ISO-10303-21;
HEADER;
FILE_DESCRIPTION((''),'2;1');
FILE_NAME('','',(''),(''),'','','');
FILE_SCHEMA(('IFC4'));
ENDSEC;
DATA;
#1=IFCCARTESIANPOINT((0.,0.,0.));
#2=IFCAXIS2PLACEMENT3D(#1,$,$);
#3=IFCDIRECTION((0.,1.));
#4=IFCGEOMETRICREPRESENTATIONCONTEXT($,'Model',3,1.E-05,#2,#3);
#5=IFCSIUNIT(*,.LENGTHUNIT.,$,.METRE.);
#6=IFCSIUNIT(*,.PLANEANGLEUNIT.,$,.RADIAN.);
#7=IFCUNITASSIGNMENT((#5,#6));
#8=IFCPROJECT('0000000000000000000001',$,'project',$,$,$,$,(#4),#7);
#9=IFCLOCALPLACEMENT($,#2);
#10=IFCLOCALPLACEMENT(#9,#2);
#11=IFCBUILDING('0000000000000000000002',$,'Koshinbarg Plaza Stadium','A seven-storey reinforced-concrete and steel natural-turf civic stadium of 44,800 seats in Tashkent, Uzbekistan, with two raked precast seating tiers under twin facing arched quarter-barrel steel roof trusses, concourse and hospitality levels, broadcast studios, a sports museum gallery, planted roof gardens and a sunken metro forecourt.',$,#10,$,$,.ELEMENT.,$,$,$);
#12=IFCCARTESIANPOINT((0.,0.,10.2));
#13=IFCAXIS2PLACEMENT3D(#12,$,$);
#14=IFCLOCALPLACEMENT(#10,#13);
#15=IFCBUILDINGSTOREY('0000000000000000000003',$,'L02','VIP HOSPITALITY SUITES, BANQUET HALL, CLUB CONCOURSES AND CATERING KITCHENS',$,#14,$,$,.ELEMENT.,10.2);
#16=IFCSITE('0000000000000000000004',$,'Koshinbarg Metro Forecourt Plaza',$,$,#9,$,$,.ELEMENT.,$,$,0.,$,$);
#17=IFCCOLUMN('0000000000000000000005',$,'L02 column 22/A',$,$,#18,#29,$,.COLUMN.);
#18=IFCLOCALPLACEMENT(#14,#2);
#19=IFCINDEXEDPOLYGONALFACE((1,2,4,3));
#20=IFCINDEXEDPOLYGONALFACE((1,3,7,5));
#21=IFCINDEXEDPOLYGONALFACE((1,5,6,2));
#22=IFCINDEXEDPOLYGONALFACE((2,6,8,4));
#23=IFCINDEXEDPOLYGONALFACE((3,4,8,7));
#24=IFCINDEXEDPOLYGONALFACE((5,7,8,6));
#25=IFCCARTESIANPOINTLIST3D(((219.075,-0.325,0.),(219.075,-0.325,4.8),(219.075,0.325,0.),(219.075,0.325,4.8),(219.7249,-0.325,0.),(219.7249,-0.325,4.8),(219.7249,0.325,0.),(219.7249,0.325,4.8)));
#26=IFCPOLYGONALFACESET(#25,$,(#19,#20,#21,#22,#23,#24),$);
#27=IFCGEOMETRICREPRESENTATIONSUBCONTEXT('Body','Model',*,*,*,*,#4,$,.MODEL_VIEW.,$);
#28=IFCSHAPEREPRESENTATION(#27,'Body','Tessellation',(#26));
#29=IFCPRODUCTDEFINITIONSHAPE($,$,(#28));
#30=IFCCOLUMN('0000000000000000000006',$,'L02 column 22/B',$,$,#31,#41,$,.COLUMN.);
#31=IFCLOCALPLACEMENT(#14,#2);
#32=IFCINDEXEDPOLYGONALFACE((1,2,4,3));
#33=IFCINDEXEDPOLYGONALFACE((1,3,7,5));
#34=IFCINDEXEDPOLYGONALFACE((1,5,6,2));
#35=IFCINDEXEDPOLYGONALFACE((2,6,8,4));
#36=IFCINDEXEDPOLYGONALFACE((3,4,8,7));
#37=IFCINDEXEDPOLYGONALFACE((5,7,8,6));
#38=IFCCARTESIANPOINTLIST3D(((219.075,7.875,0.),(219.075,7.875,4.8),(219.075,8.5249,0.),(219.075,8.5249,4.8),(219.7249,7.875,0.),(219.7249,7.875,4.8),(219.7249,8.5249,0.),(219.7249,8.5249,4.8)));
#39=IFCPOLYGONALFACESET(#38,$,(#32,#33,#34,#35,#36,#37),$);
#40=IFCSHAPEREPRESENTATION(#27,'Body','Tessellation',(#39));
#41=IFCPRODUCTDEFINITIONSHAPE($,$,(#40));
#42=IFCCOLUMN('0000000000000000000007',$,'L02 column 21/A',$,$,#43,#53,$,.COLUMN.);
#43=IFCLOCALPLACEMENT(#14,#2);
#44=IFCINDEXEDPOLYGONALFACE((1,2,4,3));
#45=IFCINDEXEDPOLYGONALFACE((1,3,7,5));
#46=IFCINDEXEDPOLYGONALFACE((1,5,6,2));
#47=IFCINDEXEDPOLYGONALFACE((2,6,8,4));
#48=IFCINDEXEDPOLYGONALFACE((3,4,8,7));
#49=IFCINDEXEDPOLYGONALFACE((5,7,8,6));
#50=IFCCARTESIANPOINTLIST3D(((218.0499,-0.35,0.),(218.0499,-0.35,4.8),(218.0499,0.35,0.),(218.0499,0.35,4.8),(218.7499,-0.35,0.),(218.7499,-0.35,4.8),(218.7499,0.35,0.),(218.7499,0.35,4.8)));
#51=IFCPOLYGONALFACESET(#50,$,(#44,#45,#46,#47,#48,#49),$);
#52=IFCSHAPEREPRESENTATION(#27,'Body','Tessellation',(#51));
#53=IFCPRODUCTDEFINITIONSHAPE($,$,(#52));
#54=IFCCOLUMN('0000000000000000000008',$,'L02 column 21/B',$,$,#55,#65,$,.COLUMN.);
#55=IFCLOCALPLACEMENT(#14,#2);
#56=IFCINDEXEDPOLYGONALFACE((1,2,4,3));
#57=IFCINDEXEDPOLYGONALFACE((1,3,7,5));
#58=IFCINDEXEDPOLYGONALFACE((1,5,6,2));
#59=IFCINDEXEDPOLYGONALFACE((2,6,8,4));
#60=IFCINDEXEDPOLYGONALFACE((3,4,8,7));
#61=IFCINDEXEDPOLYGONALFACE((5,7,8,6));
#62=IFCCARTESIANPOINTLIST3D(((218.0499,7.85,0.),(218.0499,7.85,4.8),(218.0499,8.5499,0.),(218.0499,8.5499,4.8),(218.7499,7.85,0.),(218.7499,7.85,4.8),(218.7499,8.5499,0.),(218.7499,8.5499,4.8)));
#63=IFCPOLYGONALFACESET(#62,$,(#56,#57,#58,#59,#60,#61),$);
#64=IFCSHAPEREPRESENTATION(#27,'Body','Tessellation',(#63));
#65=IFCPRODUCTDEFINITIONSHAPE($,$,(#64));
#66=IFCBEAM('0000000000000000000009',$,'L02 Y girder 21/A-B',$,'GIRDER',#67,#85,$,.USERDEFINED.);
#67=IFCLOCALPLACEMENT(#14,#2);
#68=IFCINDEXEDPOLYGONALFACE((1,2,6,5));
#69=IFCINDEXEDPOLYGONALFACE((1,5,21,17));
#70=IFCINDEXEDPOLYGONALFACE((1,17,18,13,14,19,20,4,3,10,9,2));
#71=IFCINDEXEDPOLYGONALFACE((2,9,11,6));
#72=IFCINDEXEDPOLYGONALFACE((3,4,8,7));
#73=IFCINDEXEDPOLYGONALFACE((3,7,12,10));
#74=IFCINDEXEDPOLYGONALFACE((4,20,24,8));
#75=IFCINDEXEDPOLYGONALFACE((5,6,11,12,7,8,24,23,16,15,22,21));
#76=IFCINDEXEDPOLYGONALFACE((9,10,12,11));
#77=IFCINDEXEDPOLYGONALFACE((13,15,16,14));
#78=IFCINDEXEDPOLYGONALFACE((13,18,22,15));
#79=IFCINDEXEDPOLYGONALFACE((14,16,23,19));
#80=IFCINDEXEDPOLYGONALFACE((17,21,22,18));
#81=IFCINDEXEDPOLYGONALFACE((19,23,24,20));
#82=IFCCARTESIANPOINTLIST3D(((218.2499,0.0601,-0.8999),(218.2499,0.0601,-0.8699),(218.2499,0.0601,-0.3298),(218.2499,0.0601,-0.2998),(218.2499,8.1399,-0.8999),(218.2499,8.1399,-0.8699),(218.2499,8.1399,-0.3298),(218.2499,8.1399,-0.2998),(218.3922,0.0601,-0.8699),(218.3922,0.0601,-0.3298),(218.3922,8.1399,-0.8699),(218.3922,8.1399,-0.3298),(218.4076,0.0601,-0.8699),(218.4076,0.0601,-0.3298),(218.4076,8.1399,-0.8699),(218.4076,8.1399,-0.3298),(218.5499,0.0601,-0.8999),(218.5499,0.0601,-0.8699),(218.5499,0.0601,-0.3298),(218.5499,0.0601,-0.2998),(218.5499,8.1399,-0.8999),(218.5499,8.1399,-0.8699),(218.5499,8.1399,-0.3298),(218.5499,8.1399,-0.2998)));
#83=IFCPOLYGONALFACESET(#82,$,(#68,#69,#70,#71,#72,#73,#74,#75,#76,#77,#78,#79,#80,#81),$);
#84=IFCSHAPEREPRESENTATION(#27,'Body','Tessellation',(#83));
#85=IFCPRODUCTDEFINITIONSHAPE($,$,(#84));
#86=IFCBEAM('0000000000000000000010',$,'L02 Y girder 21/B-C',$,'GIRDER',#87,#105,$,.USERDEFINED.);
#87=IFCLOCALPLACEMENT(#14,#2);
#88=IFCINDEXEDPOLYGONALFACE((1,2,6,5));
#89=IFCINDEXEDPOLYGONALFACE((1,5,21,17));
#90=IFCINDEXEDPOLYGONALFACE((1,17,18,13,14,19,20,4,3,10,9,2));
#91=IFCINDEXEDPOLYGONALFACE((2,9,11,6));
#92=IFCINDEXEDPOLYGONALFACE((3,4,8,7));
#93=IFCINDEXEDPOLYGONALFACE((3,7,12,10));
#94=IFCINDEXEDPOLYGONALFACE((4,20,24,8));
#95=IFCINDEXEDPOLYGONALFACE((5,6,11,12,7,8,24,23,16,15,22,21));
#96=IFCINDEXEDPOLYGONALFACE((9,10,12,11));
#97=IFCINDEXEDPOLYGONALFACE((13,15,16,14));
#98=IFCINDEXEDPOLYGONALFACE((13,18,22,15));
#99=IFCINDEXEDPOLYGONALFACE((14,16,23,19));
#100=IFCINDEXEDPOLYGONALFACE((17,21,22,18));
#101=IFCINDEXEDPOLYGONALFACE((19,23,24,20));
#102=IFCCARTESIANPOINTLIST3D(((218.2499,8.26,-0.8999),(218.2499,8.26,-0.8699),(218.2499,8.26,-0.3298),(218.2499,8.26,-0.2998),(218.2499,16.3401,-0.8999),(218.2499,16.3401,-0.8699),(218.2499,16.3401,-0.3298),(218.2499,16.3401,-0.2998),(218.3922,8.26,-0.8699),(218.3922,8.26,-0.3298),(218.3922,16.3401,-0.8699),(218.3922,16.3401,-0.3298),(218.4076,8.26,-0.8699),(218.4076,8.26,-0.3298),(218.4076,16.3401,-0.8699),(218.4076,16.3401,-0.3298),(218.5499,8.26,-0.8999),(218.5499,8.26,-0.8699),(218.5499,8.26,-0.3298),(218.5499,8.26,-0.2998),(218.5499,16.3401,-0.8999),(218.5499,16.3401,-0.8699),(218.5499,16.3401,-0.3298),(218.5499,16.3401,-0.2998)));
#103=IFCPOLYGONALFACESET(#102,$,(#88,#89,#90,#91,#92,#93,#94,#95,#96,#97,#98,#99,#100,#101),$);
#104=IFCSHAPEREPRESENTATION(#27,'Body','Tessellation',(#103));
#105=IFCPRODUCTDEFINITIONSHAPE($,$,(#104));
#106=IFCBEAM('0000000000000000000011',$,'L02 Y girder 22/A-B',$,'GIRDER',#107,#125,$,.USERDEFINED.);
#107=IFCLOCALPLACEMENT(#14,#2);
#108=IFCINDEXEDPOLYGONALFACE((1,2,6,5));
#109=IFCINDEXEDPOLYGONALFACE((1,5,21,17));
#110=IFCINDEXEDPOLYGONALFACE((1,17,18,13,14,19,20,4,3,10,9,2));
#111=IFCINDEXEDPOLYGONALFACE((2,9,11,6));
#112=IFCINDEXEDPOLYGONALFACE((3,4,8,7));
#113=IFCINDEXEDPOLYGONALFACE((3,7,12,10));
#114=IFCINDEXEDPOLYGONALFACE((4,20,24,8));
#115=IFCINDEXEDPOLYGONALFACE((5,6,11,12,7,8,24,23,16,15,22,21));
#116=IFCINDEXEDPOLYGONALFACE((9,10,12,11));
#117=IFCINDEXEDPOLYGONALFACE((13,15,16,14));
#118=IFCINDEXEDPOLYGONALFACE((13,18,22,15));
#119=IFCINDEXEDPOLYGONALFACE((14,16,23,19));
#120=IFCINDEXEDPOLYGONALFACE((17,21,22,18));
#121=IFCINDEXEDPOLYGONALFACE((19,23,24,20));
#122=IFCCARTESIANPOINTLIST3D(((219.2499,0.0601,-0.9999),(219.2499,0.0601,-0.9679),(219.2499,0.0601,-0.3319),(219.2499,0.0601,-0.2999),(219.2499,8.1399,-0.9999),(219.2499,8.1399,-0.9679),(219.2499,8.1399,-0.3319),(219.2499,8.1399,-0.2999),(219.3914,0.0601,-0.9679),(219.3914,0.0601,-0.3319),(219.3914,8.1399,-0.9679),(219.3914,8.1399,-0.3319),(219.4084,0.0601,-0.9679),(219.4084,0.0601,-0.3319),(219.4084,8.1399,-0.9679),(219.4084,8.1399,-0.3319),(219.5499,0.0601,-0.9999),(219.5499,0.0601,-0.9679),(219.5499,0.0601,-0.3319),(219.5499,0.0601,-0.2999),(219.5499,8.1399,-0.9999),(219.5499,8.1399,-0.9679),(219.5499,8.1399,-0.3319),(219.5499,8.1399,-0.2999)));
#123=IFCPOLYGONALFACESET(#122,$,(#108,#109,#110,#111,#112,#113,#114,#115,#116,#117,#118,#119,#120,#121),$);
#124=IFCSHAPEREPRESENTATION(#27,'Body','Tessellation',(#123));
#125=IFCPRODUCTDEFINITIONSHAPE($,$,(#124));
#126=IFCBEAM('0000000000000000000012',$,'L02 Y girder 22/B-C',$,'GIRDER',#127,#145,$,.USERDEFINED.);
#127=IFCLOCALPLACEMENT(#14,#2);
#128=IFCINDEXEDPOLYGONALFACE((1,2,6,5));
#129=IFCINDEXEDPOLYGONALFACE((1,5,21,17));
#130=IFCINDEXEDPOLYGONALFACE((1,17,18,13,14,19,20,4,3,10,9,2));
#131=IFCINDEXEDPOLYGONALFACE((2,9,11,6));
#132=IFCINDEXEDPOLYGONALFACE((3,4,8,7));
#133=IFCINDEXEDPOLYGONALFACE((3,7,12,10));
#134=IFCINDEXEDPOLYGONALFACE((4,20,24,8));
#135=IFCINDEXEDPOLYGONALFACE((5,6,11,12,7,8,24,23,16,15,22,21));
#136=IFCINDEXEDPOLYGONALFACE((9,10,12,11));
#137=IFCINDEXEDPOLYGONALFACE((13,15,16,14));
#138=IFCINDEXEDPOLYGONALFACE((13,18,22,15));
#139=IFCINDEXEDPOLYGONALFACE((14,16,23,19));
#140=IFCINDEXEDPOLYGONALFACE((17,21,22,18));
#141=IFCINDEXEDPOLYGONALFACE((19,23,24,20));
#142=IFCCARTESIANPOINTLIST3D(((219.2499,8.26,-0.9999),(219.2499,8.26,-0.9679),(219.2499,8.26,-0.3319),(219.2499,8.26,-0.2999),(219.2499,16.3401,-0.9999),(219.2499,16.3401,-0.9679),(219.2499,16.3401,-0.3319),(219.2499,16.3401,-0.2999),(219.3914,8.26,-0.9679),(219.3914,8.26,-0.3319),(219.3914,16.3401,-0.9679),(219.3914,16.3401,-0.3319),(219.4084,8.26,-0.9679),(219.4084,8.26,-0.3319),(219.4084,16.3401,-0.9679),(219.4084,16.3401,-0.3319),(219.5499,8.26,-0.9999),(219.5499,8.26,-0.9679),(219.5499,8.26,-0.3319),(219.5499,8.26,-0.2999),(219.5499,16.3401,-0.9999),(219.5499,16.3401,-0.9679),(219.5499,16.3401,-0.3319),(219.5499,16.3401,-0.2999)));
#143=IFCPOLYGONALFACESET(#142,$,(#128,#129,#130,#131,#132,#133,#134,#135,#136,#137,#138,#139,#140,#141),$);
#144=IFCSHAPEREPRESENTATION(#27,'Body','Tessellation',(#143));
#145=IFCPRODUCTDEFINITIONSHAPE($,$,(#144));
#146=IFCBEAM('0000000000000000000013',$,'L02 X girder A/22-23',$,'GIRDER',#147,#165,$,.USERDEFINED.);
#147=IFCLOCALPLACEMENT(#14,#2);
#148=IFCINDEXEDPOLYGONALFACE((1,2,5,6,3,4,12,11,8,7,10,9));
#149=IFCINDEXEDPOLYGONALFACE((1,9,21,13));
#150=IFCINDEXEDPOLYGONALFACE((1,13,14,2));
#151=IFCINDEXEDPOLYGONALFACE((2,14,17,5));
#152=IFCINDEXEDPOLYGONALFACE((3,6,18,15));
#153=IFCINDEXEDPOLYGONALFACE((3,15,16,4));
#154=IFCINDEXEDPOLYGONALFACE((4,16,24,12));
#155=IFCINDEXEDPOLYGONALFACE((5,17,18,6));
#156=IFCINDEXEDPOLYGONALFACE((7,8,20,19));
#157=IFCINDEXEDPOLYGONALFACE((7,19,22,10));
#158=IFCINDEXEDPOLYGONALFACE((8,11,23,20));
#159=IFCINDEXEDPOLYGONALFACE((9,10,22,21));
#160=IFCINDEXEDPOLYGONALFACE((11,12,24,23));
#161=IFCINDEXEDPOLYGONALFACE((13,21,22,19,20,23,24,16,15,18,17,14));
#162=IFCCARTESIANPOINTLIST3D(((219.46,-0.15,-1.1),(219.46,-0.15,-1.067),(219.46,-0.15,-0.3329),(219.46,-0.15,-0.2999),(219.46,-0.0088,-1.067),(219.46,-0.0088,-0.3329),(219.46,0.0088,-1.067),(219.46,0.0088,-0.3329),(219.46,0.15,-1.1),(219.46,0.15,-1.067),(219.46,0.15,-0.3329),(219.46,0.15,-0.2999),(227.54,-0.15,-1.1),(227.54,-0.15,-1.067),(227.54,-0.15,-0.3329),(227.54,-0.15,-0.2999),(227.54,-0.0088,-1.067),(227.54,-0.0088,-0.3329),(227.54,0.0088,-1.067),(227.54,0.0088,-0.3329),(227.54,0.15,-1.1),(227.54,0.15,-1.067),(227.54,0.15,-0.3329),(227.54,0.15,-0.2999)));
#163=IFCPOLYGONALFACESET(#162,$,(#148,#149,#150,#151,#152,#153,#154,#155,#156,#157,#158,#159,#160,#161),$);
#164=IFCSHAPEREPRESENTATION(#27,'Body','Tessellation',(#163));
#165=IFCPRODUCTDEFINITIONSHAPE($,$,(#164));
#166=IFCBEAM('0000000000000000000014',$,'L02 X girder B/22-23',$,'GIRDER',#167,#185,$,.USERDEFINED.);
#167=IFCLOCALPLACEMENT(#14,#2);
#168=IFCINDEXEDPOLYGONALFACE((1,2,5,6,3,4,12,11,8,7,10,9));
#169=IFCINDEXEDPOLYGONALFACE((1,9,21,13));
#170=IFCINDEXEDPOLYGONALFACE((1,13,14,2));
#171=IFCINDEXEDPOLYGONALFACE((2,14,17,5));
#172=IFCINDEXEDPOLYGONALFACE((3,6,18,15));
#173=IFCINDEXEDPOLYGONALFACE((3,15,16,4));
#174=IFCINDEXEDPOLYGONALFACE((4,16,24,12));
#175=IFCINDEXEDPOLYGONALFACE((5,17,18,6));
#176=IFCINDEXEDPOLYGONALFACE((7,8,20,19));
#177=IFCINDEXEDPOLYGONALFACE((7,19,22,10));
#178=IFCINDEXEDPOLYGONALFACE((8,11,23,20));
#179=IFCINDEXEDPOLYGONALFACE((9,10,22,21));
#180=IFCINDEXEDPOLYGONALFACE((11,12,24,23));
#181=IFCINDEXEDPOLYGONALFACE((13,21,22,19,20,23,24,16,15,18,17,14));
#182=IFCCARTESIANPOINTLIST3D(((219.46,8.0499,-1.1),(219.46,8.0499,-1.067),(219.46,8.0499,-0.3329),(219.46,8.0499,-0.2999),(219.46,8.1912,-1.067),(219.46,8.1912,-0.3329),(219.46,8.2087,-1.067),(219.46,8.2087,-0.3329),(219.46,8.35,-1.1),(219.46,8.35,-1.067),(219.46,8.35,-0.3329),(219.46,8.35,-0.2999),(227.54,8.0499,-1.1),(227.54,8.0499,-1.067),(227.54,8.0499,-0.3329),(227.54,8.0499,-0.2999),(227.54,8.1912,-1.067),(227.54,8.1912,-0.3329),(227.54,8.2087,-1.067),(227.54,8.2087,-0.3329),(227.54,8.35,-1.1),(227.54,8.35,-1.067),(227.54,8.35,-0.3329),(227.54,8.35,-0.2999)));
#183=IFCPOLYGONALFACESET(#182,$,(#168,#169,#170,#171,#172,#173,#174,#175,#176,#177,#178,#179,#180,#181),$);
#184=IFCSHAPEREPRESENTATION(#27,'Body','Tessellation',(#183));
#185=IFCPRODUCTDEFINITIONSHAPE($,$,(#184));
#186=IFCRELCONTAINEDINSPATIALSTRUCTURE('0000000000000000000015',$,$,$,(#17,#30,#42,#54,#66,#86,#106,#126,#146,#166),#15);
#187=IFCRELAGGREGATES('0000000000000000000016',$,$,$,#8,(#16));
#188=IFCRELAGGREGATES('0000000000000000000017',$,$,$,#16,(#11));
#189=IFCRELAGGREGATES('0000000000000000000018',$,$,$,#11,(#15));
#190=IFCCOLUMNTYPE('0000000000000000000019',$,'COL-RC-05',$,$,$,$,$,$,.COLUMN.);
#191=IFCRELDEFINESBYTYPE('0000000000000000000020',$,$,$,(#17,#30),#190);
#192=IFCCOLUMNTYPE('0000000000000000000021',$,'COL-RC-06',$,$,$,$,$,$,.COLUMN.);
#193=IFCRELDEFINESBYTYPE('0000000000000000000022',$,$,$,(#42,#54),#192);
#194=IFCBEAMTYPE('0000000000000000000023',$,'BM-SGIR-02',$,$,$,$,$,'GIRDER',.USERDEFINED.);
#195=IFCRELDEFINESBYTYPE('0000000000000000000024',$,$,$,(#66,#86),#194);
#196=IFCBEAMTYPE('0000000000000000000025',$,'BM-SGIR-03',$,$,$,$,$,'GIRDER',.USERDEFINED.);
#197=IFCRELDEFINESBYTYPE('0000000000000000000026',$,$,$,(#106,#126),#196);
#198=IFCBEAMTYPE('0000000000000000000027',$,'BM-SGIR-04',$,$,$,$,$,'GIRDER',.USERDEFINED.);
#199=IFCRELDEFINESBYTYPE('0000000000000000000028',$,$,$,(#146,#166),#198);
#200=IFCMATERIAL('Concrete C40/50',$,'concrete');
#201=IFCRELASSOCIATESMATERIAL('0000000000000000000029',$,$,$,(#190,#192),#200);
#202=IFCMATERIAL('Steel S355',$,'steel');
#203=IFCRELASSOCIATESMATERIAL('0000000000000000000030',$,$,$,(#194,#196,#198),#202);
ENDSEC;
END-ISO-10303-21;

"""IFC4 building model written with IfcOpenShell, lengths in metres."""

from ifc_helpers import new_model, si_unit, direction, frame, origin, origin_2d, place, context, subcontext, project, spatial, rectangle, i_section, extrude, material, material_profile, profile_set, type_object, element, save


model = new_model("IFC4")

# Units and contexts
model_context = context("Model", 3, precision=1e-05, world=origin(), true_north=direction((0.0, 1.0)))
body_context = subcontext(model_context, "Body", "Model", "MODEL_VIEW")
ifc_project = project(units=[si_unit("LENGTHUNIT", "METRE"), si_unit("PLANEANGLEUNIT", "RADIAN")], contexts=[model_context])

# Site, building, storey
site_placement = place(None, origin())
site = spatial("IfcSite", under=ifc_project, at=site_placement, Name="Koshinbarg Metro Forecourt Plaza", CompositionType="ELEMENT", RefElevation=0.0)
building_placement = place(site_placement, origin())
building = spatial("IfcBuilding", under=site, at=building_placement, Name="Koshinbarg Plaza Stadium", Description="A seven-storey reinforced-concrete and steel natural-turf civic stadium of 44,800 seats in Tashkent, Uzbekistan, with two raked precast seating tiers under twin facing arched quarter-barrel steel roof trusses, concourse and hospitality levels, broadcast studios, a sports museum gallery, planted roof gardens and a sunken metro forecourt.", CompositionType="ELEMENT")
storey_placement = place(building_placement, frame((0.0, 0.0, 10.2)))
storey = spatial("IfcBuildingStorey", under=building, at=storey_placement, Name="L02", Description="VIP HOSPITALITY SUITES, BANQUET HALL, CLUB CONCOURSES AND CATERING KITCHENS", CompositionType="ELEMENT", Elevation=10.2)

# Columns
ifc_material_1 = material(Name="Concrete C40/50", Category="concrete")
ifc_material_profile_1 = material_profile(ifc_material_1, rectangle(XDim=0.6499, YDim=0.6499, at=origin_2d()), Name="RC 650x650")
ifc_profile_set_1 = profile_set([ifc_material_profile_1], Name="Concrete C40/50")
column_type_1 = type_object("IfcColumnType", Name="COL-RC-05", PredefinedType="COLUMN", material=ifc_profile_set_1)
for number, where, z_axis, x_axis, name in (
    (1, (219.3999, 0.0, 0.0), (0.0, 0.0, 1.0), (1.0, 0.0, 0.0), "L02 column 22/A"),
    (2, (219.3999, 8.2, 0.0), (0.0, 0.0, 1.0), (1.0, 0.0, 0.0), "L02 column 22/B"),
):
    element("IfcColumn", number, at=place(storey_placement, frame(where, z_axis=z_axis, x_axis=x_axis)), inside=storey, type_object=column_type_1, Name=name, PredefinedType="COLUMN", context=body_context, shape_type="SweptSolid", body=[
        extrude(rectangle(XDim=0.6499, YDim=0.6499, at=origin_2d()), origin(), (0.0, 0.0, 1.0), 4.8),
    ])
ifc_material_profile_2 = material_profile(ifc_material_1, rectangle(XDim=0.7, YDim=0.7, at=origin_2d()), Name="RC 700x700")
ifc_profile_set_2 = profile_set([ifc_material_profile_2], Name="Concrete C40/50")
column_type_2 = type_object("IfcColumnType", Name="COL-RC-06", PredefinedType="COLUMN", material=ifc_profile_set_2)
for number, where, z_axis, x_axis, name in (
    (3, (218.3999, 0.0, 0.0), (0.0, 0.0, 1.0), (1.0, 0.0, 0.0), "L02 column 21/A"),
    (4, (218.3999, 8.2, 0.0), (0.0, 0.0, 1.0), (1.0, 0.0, 0.0), "L02 column 21/B"),
):
    element("IfcColumn", number, at=place(storey_placement, frame(where, z_axis=z_axis, x_axis=x_axis)), inside=storey, type_object=column_type_2, Name=name, PredefinedType="COLUMN", context=body_context, shape_type="SweptSolid", body=[
        extrude(rectangle(XDim=0.7, YDim=0.7, at=origin_2d()), origin(), (0.0, 0.0, 1.0), 4.8),
    ])

# Beams
ifc_material_2 = material(Name="Steel S355", Category="steel")
ifc_material_profile_3 = material_profile(ifc_material_2, i_section(OverallWidth=0.3, OverallDepth=0.6001, WebThickness=0.0154, FlangeThickness=0.03, at=origin_2d()), Name="HEB 600")
ifc_profile_set_3 = profile_set([ifc_material_profile_3], Name="Steel S355")
beam_type_1 = type_object("IfcBeamType", Name="BM-SGIR-02", ElementType="GIRDER", PredefinedType="USERDEFINED", material=ifc_profile_set_3)
beam_1_placement = place(storey_placement, frame((218.3999, 0.0601, -0.5999), z_axis=(0.0, 1.0, 0.0), x_axis=(-1.0, 0.0, 0.0)))
element("IfcBeam", 5, at=beam_1_placement, inside=storey, type_object=beam_type_1, Name="L02 Y girder 21/A-B", ObjectType="GIRDER", PredefinedType="USERDEFINED", context=body_context, shape_type="SweptSolid", body=[
    extrude(i_section(OverallWidth=0.3, OverallDepth=0.6001, WebThickness=0.0154, FlangeThickness=0.03, at=origin_2d()), origin(), (0.0, 0.0, 1.0), 8.0798),
])
beam_2_placement = place(storey_placement, frame((218.3999, 8.26, -0.5999), z_axis=(0.0, 1.0, 0.0), x_axis=(-1.0, 0.0, 0.0)))
element("IfcBeam", 6, at=beam_2_placement, inside=storey, type_object=beam_type_1, Name="L02 Y girder 21/B-C", ObjectType="GIRDER", PredefinedType="USERDEFINED", context=body_context, shape_type="SweptSolid", body=[
    extrude(i_section(OverallWidth=0.3, OverallDepth=0.6001, WebThickness=0.0154, FlangeThickness=0.03, at=origin_2d()), origin(), (0.0, 0.0, 1.0), 8.0801),
])
ifc_material_profile_4 = material_profile(ifc_material_2, i_section(OverallWidth=0.3, OverallDepth=0.7, WebThickness=0.0171, FlangeThickness=0.032, at=origin_2d()), Name="HEB 700")
ifc_profile_set_4 = profile_set([ifc_material_profile_4], Name="Steel S355")
beam_type_2 = type_object("IfcBeamType", Name="BM-SGIR-03", ElementType="GIRDER", PredefinedType="USERDEFINED", material=ifc_profile_set_4)
beam_3_placement = place(storey_placement, frame((219.3999, 0.0601, -0.6499), z_axis=(0.0, 1.0, 0.0), x_axis=(-1.0, 0.0, 0.0)))
element("IfcBeam", 7, at=beam_3_placement, inside=storey, type_object=beam_type_2, Name="L02 Y girder 22/A-B", ObjectType="GIRDER", PredefinedType="USERDEFINED", context=body_context, shape_type="SweptSolid", body=[
    extrude(i_section(OverallWidth=0.3, OverallDepth=0.7, WebThickness=0.0171, FlangeThickness=0.032, at=origin_2d()), origin(), (0.0, 0.0, 1.0), 8.0798),
])
beam_4_placement = place(storey_placement, frame((219.3999, 8.26, -0.6499), z_axis=(0.0, 1.0, 0.0), x_axis=(-1.0, 0.0, 0.0)))
element("IfcBeam", 8, at=beam_4_placement, inside=storey, type_object=beam_type_2, Name="L02 Y girder 22/B-C", ObjectType="GIRDER", PredefinedType="USERDEFINED", context=body_context, shape_type="SweptSolid", body=[
    extrude(i_section(OverallWidth=0.3, OverallDepth=0.7, WebThickness=0.0171, FlangeThickness=0.032, at=origin_2d()), origin(), (0.0, 0.0, 1.0), 8.0801),
])
ifc_material_profile_5 = material_profile(ifc_material_2, i_section(OverallWidth=0.3, OverallDepth=0.8, WebThickness=0.0176, FlangeThickness=0.033, at=origin_2d()), Name="HEB 800")
ifc_profile_set_5 = profile_set([ifc_material_profile_5], Name="Steel S355")
beam_type_3 = type_object("IfcBeamType", Name="BM-SGIR-04", ElementType="GIRDER", PredefinedType="USERDEFINED", material=ifc_profile_set_5)
for number, where, z_axis, x_axis, name in (
    (9, (219.46, 0.0, -0.7), (1.0, 0.0, 0.0), (0.0, 1.0, 0.0), "L02 X girder A/22-23"),
    (10, (219.46, 8.2, -0.7), (1.0, 0.0, 0.0), (0.0, 1.0, 0.0), "L02 X girder B/22-23"),
):
    element("IfcBeam", number, at=place(storey_placement, frame(where, z_axis=z_axis, x_axis=x_axis)), inside=storey, type_object=beam_type_3, Name=name, ObjectType="GIRDER", PredefinedType="USERDEFINED", context=body_context, shape_type="SweptSolid", body=[
        extrude(i_section(OverallWidth=0.3, OverallDepth=0.8, WebThickness=0.0176, FlangeThickness=0.033, at=origin_2d()), origin(), (0.0, 0.0, 1.0), 8.0801),
    ])

save(model, "model.ifc")
